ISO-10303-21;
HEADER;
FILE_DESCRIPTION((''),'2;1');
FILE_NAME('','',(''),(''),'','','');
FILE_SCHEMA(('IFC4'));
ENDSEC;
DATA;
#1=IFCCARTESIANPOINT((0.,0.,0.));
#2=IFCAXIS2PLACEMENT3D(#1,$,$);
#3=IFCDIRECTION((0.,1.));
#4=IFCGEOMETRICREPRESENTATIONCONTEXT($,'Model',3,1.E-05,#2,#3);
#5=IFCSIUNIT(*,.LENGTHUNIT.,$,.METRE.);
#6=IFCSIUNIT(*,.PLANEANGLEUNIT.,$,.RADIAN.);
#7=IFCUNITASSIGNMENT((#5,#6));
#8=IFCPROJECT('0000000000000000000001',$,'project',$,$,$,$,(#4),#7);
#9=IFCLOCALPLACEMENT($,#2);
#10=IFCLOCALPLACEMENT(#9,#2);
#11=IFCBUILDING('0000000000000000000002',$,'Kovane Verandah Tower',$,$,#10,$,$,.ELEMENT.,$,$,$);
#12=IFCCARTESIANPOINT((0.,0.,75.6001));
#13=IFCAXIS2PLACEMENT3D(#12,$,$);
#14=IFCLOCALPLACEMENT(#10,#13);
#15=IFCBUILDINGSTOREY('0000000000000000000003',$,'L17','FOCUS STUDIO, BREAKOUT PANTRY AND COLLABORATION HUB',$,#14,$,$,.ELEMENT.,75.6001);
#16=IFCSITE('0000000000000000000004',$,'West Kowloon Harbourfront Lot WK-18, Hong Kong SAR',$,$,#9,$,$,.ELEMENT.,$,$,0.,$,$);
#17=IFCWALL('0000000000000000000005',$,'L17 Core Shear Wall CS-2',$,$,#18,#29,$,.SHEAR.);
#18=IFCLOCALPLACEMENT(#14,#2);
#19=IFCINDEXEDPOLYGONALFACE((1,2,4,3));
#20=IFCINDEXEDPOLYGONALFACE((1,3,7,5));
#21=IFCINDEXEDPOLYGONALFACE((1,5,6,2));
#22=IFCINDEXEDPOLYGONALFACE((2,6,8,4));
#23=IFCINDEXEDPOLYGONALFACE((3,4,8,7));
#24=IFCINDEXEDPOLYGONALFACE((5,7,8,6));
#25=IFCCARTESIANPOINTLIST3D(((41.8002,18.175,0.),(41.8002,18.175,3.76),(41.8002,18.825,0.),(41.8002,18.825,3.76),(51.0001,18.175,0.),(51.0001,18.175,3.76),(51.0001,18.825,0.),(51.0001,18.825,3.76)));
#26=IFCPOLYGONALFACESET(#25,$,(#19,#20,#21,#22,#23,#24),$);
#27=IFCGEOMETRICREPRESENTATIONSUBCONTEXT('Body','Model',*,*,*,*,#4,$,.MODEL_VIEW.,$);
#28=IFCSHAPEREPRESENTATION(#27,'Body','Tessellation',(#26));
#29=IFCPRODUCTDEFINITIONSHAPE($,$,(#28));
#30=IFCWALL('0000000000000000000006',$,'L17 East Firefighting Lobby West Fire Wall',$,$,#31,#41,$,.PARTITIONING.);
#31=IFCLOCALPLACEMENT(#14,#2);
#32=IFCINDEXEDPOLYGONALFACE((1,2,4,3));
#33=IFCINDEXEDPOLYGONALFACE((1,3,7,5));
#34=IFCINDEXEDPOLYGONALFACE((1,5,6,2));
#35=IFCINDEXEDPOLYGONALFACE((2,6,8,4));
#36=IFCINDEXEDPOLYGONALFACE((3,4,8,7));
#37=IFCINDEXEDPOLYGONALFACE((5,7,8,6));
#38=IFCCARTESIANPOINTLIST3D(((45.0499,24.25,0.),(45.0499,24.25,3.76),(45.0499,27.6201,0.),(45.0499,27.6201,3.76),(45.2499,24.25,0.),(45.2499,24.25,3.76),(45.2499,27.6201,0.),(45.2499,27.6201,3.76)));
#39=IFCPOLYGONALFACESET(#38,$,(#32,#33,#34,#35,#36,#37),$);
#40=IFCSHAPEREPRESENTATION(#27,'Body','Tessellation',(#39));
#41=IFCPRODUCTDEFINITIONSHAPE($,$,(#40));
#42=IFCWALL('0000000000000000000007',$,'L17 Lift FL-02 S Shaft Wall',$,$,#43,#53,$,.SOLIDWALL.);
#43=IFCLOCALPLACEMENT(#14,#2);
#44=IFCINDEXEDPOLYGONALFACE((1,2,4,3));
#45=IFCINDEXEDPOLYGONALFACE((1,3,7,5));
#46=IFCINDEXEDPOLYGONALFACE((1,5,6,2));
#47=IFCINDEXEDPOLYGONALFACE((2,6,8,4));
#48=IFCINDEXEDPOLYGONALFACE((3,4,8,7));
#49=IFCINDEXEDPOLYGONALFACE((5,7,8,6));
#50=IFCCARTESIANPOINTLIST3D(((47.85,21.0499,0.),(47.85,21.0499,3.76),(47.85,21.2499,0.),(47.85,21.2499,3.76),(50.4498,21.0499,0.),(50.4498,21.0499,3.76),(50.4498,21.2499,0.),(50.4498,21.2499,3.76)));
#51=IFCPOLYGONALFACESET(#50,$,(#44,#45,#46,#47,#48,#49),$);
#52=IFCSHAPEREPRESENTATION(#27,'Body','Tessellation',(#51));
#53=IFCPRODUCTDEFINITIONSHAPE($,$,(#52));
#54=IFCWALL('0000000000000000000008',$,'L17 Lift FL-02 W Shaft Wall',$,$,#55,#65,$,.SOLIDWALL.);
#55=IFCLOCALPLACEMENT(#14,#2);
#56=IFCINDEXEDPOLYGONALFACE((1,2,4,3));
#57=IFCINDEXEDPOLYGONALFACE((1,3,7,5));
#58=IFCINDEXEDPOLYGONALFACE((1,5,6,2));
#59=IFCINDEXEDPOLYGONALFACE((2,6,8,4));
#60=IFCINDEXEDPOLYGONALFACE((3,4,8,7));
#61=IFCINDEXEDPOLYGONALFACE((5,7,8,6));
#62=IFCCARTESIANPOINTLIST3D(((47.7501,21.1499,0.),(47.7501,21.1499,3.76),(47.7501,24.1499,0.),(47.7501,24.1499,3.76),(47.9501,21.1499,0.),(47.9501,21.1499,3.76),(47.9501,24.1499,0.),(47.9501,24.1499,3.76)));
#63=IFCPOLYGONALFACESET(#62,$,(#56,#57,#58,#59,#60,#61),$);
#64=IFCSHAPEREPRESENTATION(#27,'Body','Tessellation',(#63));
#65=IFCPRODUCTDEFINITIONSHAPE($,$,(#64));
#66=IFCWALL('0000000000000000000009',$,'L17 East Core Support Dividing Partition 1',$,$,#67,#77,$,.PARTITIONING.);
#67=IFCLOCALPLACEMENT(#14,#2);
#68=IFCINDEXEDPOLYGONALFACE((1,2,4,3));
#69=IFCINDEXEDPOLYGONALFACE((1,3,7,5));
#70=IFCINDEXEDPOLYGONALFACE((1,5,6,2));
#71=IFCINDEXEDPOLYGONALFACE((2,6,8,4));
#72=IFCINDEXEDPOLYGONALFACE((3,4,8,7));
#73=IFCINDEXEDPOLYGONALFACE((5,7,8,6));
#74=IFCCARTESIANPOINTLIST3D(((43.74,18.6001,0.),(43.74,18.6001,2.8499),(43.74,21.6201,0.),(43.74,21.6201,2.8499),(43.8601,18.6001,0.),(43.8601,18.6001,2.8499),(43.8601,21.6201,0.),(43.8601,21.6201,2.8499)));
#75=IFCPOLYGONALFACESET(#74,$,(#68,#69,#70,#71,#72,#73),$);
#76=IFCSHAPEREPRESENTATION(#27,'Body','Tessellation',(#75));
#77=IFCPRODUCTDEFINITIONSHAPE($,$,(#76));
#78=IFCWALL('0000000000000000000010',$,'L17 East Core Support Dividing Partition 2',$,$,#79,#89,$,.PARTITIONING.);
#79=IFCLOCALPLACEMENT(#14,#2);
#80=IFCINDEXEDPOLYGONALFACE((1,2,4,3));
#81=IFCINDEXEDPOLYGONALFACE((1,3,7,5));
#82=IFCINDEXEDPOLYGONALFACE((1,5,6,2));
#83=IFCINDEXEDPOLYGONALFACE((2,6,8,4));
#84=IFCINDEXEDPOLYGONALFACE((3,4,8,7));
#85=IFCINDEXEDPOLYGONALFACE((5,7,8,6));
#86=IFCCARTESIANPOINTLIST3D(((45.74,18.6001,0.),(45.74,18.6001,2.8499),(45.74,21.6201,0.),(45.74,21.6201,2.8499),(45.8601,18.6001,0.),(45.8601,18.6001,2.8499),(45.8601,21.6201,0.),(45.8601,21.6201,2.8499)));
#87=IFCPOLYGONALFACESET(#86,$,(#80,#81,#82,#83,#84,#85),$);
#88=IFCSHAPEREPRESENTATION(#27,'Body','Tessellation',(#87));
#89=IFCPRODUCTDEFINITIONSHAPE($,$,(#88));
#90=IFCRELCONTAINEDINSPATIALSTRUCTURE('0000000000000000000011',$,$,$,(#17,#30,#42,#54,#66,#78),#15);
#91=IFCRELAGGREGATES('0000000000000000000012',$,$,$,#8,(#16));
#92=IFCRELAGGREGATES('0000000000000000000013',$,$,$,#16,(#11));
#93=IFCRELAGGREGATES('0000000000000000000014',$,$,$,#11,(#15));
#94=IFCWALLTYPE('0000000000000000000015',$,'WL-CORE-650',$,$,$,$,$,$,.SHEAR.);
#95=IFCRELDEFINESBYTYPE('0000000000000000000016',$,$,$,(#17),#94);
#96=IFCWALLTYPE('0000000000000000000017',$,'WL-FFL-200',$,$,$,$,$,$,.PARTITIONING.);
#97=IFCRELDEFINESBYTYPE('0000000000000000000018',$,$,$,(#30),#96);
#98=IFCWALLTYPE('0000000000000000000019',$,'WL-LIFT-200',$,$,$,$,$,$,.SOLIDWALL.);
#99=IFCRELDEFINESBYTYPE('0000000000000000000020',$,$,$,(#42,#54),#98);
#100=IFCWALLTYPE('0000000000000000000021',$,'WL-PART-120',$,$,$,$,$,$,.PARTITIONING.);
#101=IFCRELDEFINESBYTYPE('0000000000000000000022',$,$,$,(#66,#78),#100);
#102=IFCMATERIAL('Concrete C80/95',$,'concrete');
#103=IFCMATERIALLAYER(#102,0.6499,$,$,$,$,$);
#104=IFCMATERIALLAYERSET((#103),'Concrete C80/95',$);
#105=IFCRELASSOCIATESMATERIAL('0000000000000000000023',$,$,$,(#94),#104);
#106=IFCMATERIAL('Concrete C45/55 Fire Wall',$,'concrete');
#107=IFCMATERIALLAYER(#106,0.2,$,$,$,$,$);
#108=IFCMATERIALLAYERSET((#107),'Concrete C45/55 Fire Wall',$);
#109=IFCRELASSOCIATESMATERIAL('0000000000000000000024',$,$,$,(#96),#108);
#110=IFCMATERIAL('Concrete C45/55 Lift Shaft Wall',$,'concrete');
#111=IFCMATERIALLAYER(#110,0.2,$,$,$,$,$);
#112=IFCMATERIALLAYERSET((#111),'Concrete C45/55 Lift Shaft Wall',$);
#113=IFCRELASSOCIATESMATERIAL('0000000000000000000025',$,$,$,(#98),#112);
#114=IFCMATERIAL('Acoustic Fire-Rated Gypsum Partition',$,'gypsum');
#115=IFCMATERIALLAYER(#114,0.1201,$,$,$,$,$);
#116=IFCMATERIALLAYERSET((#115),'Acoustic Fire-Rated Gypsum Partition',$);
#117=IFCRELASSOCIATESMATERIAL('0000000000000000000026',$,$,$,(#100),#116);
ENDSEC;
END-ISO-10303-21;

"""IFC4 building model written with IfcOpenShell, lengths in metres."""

from ifc_helpers import new_model, si_unit, direction, frame, frame_2d, origin, place, context, subcontext, project, spatial, rectangle, extrude, material, layer, layer_set, type_object, element, save


model = new_model("IFC4")

# Units and contexts
model_context = context("Model", 3, precision=1e-05, world=origin(), true_north=direction((0.0, 1.0)))
body_context = subcontext(model_context, "Body", "Model", "MODEL_VIEW")
ifc_project = project(units=[si_unit("LENGTHUNIT", "METRE"), si_unit("PLANEANGLEUNIT", "RADIAN")], contexts=[model_context])

# Site, building, storey
site_placement = place(None, origin())
site = spatial("IfcSite", under=ifc_project, at=site_placement, Name="West Kowloon Harbourfront Lot WK-18, Hong Kong SAR", CompositionType="ELEMENT", RefElevation=0.0)
building_placement = place(site_placement, origin())
building = spatial("IfcBuilding", under=site, at=building_placement, Name="Kovane Verandah Tower", CompositionType="ELEMENT")
storey_placement = place(building_placement, frame((0.0, 0.0, 75.6001)))
storey = spatial("IfcBuildingStorey", under=building, at=storey_placement, Name="L17", Description="FOCUS STUDIO, BREAKOUT PANTRY AND COLLABORATION HUB", CompositionType="ELEMENT", Elevation=75.6001)

# Shared definitions
ifc_material_1 = material(Name="Concrete C80/95", Category="concrete")

# Walls
ifc_layer_1 = layer(ifc_material_1, 0.6499)
ifc_layer_set_1 = layer_set([ifc_layer_1], Name="Concrete C80/95")
wall_type_1 = type_object("IfcWallType", Name="WL-CORE-650", PredefinedType="SHEAR", material=ifc_layer_set_1)
wall_1_placement = place(storey_placement, frame((41.8, 18.5, 0.0), z_axis=(0.0, 0.0, 1.0), x_axis=(1.0, 0.0, 0.0)))
element("IfcWall", 1, at=wall_1_placement, inside=storey, type_object=wall_type_1, Name="L17 Core Shear Wall CS-2", PredefinedType="SHEAR", context=body_context, shape_type="SweptSolid", body=[
    extrude(rectangle(XDim=9.2, YDim=0.6499, at=frame_2d((4.6001, 0.0))), origin(), (0.0, 0.0, 1.0), 3.76),
])
ifc_material_2 = material(Name="Concrete C45/55 Fire Wall", Category="concrete")
ifc_layer_2 = layer(ifc_material_2, 0.2)
ifc_layer_set_2 = layer_set([ifc_layer_2], Name="Concrete C45/55 Fire Wall")
wall_type_2 = type_object("IfcWallType", Name="WL-FFL-200", PredefinedType="PARTITIONING", material=ifc_layer_set_2)
wall_2_placement = place(storey_placement, frame((45.1499, 24.25, 0.0), z_axis=(0.0, 0.0, 1.0), x_axis=(0.0, 1.0, 0.0)))
element("IfcWall", 2, at=wall_2_placement, inside=storey, type_object=wall_type_2, Name="L17 East Firefighting Lobby West Fire Wall", PredefinedType="PARTITIONING", context=body_context, shape_type="SweptSolid", body=[
    extrude(rectangle(XDim=3.3701, YDim=0.2, at=frame_2d((1.6851, 0.0))), origin(), (0.0, 0.0, 1.0), 3.76),
])

# Wall
ifc_material_3 = material(Name="Concrete C45/55 Lift Shaft Wall", Category="concrete")
ifc_layer_3 = layer(ifc_material_3, 0.2)
ifc_layer_set_3 = layer_set([ifc_layer_3], Name="Concrete C45/55 Lift Shaft Wall")
wall_type_3 = type_object("IfcWallType", Name="WL-LIFT-200", PredefinedType="SOLIDWALL", material=ifc_layer_set_3)
wall_3_placement = place(storey_placement, frame((47.8501, 21.1499, 0.0), z_axis=(0.0, 0.0, 1.0), x_axis=(1.0, 0.0, 0.0)))
element("IfcWall", 3, at=wall_3_placement, inside=storey, type_object=wall_type_3, Name="L17 Lift FL-02 S Shaft Wall", PredefinedType="SOLIDWALL", context=body_context, shape_type="SweptSolid", body=[
    extrude(rectangle(XDim=2.5999, YDim=0.2, at=frame_2d((1.2998, 0.0))), origin(), (0.0, 0.0, 1.0), 3.76),
])

# Walls
wall_4_placement = place(storey_placement, frame((47.8501, 24.1499, 0.0), z_axis=(0.0, 0.0, 1.0), x_axis=(0.0, -1.0, 0.0)))
element("IfcWall", 4, at=wall_4_placement, inside=storey, type_object=wall_type_3, Name="L17 Lift FL-02 W Shaft Wall", PredefinedType="SOLIDWALL", context=body_context, shape_type="SweptSolid", body=[
    extrude(rectangle(XDim=3.0, YDim=0.2, at=frame_2d((1.5, 0.0))), origin(), (0.0, 0.0, 1.0), 3.76),
])
ifc_material_4 = material(Name="Acoustic Fire-Rated Gypsum Partition", Category="gypsum")
ifc_layer_4 = layer(ifc_material_4, 0.1201)
ifc_layer_set_4 = layer_set([ifc_layer_4], Name="Acoustic Fire-Rated Gypsum Partition")
wall_type_4 = type_object("IfcWallType", Name="WL-PART-120", PredefinedType="PARTITIONING", material=ifc_layer_set_4)
for number, where, z_axis, x_axis, name in (
    (5, (43.8, 18.6001, 0.0), (0.0, 0.0, 1.0), (0.0, 1.0, 0.0), "L17 East Core Support Dividing Partition 1"),
    (6, (45.8, 18.6001, 0.0), (0.0, 0.0, 1.0), (0.0, 1.0, 0.0), "L17 East Core Support Dividing Partition 2"),
):
    element("IfcWall", number, at=place(storey_placement, frame(where, z_axis=z_axis, x_axis=x_axis)), inside=storey, type_object=wall_type_4, Name=name, PredefinedType="PARTITIONING", context=body_context, shape_type="SweptSolid", body=[
        extrude(rectangle(XDim=3.02, YDim=0.1201, at=frame_2d((1.51, 0.0))), origin(), (0.0, 0.0, 1.0), 2.8499),
    ])

save(model, "model.ifc")
